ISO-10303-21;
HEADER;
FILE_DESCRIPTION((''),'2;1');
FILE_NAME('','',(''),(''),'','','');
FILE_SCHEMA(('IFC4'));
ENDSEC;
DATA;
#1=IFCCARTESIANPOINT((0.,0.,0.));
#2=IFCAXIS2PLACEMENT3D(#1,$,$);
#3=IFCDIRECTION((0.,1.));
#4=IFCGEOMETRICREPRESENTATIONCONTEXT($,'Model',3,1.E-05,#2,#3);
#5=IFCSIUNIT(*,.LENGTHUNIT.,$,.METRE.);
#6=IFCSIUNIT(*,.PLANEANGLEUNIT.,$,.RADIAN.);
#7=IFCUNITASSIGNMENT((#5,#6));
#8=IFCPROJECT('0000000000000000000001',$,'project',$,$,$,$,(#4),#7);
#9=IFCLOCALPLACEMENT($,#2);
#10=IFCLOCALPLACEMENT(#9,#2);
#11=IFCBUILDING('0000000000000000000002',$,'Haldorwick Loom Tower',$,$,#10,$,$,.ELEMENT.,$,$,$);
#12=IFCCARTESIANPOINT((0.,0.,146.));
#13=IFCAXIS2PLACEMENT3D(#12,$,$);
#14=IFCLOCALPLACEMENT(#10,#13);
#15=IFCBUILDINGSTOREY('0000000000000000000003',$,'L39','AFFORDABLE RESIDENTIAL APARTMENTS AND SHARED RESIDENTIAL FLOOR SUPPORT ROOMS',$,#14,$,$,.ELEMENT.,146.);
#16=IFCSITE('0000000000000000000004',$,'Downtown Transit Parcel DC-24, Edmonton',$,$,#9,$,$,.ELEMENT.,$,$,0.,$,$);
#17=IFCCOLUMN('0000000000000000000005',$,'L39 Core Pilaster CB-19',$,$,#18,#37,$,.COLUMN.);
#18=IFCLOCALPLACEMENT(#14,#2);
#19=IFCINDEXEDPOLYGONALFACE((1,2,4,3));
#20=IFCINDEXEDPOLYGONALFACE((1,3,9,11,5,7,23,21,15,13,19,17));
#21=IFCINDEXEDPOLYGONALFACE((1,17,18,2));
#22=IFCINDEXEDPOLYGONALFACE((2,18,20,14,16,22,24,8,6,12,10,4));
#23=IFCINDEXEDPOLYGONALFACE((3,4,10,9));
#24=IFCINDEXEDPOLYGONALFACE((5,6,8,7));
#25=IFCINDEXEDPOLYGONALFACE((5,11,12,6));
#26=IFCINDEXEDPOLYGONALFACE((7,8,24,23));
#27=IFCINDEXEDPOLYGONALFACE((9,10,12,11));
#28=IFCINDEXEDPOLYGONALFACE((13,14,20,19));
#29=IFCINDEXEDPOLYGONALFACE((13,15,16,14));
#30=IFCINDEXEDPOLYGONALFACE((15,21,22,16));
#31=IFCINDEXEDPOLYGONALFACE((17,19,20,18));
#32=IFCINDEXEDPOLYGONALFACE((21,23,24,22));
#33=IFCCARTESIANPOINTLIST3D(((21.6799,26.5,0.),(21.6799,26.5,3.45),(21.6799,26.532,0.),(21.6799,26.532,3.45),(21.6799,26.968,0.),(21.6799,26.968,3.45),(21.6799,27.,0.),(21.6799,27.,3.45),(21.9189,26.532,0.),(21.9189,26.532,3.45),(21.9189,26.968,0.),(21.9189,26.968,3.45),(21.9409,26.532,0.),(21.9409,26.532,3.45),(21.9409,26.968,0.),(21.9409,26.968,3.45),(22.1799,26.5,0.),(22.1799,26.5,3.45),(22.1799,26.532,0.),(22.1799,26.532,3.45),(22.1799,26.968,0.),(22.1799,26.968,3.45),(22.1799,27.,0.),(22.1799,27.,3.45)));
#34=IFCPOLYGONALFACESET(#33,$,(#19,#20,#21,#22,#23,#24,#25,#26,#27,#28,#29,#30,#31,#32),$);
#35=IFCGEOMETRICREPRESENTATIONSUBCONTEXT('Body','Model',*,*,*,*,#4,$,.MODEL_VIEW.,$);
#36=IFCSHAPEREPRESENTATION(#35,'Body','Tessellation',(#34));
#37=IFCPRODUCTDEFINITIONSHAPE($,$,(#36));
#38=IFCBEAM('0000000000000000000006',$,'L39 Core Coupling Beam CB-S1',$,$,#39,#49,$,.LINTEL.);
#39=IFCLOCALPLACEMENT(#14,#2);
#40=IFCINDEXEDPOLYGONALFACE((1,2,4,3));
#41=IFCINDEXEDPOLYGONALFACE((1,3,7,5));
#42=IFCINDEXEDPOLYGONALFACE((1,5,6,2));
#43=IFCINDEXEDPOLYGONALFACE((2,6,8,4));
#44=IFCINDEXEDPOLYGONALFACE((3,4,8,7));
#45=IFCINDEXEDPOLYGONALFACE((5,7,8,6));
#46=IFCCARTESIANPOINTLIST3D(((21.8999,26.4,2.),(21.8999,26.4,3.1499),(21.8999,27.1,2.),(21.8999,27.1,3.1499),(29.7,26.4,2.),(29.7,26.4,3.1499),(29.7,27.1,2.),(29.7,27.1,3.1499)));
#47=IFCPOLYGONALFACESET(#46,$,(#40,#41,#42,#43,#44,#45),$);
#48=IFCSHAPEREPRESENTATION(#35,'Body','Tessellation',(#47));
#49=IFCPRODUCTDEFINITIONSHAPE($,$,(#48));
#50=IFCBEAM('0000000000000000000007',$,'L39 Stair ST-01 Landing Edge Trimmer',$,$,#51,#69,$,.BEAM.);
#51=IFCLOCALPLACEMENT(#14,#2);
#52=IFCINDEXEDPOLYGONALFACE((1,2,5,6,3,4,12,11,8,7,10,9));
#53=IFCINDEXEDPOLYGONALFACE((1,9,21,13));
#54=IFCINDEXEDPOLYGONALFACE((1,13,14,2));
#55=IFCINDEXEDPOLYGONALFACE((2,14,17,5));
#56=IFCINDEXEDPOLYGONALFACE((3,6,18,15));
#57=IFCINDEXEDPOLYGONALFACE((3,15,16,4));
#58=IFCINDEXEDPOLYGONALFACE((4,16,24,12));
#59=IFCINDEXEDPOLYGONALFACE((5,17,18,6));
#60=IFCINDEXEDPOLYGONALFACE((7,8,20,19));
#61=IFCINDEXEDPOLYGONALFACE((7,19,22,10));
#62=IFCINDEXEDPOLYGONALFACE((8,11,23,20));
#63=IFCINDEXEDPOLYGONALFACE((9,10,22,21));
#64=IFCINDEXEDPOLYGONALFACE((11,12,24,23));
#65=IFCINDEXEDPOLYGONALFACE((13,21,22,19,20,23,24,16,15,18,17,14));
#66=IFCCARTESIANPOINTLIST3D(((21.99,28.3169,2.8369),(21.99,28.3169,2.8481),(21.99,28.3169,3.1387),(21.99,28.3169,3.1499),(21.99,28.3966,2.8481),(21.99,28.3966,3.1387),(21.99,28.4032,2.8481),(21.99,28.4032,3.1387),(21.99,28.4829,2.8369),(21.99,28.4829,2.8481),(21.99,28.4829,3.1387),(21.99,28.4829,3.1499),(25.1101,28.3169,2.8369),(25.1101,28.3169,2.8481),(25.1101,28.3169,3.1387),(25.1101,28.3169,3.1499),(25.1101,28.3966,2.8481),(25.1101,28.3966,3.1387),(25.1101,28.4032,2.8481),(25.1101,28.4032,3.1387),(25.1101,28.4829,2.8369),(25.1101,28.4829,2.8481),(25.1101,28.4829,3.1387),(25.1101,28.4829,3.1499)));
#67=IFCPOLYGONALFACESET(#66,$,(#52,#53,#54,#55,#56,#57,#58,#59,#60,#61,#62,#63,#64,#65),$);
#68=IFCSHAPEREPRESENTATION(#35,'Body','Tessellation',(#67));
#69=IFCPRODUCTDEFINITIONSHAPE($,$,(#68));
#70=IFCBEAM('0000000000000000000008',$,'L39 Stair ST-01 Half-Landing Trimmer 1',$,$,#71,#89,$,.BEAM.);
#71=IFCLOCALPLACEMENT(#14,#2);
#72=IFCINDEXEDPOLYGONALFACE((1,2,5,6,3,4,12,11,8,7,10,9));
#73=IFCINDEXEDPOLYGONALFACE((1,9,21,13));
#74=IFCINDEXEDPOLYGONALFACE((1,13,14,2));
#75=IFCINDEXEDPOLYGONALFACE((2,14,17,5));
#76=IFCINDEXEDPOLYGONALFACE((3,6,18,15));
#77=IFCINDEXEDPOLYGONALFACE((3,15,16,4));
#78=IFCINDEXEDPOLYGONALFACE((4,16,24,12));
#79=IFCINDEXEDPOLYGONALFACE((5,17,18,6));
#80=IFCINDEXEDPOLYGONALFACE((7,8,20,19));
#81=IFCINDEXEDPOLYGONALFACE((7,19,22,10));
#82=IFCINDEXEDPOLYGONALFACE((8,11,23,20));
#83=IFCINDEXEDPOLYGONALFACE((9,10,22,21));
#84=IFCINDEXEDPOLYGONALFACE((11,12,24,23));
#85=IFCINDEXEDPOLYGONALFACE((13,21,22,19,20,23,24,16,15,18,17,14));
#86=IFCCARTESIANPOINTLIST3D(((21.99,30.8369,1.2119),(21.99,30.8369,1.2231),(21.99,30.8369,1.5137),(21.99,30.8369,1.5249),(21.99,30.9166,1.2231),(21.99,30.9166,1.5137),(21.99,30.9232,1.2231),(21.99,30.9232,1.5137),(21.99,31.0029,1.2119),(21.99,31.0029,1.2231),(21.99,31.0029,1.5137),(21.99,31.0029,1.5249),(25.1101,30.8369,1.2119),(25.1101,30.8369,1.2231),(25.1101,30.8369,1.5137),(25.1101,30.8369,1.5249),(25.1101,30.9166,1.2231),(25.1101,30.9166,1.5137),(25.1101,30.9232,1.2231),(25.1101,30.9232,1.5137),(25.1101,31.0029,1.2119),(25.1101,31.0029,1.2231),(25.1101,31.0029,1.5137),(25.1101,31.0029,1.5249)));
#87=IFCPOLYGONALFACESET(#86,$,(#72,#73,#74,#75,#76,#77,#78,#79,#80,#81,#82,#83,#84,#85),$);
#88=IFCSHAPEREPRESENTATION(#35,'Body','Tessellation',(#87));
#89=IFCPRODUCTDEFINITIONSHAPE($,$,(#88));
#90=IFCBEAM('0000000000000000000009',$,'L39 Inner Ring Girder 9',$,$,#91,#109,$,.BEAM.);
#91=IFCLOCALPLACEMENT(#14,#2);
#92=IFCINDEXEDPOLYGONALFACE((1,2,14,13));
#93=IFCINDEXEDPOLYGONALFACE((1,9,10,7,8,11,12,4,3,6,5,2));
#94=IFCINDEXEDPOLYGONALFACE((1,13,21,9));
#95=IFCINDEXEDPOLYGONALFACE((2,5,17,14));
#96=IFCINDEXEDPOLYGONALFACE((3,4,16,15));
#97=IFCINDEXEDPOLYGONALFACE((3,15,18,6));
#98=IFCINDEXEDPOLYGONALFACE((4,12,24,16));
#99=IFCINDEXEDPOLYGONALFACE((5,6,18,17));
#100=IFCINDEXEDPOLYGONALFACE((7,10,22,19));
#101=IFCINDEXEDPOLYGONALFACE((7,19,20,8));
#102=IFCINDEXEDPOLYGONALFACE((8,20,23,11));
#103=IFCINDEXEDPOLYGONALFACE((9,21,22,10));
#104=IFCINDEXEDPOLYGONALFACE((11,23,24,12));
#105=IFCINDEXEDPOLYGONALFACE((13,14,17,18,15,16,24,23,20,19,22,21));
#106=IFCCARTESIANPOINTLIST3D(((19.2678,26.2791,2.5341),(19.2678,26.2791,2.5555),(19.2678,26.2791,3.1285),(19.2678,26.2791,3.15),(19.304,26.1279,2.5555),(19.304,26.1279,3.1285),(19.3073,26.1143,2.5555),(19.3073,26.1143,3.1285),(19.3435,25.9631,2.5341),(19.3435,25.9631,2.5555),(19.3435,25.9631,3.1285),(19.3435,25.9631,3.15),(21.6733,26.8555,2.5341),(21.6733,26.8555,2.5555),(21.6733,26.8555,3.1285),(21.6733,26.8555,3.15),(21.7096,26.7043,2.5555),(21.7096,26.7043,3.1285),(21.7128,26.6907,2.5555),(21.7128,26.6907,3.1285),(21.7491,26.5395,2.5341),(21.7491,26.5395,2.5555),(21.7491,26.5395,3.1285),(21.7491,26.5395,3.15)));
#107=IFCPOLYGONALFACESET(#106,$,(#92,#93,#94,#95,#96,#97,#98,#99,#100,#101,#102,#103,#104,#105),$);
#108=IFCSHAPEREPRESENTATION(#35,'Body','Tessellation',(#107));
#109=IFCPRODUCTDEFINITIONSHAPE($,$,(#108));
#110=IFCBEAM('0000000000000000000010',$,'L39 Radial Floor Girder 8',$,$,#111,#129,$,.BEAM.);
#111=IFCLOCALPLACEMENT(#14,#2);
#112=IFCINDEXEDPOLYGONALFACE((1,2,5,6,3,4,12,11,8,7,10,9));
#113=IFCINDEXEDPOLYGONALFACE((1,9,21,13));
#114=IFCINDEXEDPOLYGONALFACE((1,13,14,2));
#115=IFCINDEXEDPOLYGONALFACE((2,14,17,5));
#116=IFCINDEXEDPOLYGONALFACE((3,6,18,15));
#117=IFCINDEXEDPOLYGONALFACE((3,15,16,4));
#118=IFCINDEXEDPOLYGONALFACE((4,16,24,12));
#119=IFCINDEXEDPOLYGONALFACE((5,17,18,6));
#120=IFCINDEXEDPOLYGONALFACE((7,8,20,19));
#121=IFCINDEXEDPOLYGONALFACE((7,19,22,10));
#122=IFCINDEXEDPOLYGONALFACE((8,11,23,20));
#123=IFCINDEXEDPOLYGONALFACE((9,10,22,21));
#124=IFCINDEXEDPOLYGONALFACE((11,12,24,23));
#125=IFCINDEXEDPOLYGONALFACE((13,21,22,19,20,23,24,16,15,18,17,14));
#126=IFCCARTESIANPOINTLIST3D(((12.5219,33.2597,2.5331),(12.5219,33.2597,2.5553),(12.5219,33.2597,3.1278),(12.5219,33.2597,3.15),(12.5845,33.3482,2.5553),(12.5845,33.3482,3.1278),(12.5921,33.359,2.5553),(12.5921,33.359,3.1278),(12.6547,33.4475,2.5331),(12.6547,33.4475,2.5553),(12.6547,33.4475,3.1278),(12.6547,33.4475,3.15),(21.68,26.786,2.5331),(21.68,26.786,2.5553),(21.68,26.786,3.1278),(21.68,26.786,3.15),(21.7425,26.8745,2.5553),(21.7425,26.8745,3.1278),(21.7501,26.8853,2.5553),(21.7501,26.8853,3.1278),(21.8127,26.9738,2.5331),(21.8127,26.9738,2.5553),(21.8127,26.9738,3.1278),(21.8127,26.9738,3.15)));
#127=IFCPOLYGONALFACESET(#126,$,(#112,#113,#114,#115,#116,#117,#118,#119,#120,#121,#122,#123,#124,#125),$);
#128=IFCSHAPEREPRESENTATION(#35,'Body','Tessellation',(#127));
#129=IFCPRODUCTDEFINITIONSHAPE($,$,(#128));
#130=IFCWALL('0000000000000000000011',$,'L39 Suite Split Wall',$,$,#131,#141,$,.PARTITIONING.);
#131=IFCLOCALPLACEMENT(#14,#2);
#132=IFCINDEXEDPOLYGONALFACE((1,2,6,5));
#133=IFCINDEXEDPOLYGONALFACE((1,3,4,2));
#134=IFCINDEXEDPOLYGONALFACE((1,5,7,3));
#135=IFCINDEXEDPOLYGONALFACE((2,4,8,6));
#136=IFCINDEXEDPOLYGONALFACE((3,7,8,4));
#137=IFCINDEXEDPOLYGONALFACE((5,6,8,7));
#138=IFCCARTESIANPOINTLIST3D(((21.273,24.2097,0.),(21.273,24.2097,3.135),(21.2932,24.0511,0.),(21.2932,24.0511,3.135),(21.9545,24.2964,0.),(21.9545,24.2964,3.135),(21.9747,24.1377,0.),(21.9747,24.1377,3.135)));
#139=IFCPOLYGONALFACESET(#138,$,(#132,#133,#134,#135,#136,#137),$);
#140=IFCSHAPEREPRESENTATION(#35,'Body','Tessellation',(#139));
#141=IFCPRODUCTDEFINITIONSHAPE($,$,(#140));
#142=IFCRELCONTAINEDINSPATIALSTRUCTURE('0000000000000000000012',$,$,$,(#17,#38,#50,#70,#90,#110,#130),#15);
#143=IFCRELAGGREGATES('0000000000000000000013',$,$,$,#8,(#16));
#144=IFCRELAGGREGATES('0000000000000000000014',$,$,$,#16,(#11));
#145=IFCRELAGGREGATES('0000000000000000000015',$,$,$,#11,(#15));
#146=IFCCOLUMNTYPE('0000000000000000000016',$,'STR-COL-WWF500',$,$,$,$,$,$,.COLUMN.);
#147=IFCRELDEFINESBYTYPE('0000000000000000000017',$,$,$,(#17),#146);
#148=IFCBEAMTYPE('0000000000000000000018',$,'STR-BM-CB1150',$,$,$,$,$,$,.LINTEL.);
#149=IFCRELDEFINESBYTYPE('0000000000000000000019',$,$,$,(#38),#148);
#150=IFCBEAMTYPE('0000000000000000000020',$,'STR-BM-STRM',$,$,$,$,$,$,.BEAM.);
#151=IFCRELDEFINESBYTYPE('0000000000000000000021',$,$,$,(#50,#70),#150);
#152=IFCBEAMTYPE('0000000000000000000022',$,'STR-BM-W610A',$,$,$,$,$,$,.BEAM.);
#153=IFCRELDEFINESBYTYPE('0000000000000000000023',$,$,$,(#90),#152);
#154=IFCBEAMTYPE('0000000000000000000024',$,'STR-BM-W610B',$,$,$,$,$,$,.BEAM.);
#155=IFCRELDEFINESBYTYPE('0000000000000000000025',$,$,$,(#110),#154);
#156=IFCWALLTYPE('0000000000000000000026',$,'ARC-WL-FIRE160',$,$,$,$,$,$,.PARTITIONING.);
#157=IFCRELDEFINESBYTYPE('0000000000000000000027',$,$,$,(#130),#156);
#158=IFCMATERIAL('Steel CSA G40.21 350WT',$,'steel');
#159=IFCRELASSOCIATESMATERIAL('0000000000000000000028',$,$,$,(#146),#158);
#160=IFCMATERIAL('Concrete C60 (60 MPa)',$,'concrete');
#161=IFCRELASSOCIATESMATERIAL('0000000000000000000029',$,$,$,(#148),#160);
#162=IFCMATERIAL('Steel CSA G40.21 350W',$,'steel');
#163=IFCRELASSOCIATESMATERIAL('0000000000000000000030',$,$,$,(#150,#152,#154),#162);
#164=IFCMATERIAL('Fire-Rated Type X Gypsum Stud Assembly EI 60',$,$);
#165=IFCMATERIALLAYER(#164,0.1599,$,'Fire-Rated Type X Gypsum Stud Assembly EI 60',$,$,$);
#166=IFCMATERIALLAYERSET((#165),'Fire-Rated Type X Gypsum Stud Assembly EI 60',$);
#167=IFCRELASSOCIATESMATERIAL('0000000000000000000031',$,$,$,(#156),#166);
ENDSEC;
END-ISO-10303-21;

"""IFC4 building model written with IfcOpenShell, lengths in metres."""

from ifc_helpers import new_model, si_unit, direction, frame, frame_2d, origin, origin_2d, place, context, subcontext, project, spatial, rectangle, i_section, extrude, material, layer, layer_set, material_profile, profile_set, type_object, element, save


model = new_model("IFC4")

# Units and contexts
model_context = context("Model", 3, precision=1e-05, world=origin(), true_north=direction((0.0, 1.0)))
body_context = subcontext(model_context, "Body", "Model", "MODEL_VIEW")
ifc_project = project(units=[si_unit("LENGTHUNIT", "METRE"), si_unit("PLANEANGLEUNIT", "RADIAN")], contexts=[model_context])

# Site, building, storey
site_placement = place(None, origin())
site = spatial("IfcSite", under=ifc_project, at=site_placement, Name="Downtown Transit Parcel DC-24, Edmonton", CompositionType="ELEMENT", RefElevation=0.0)
building_placement = place(site_placement, origin())
building = spatial("IfcBuilding", under=site, at=building_placement, Name="Haldorwick Loom Tower", CompositionType="ELEMENT")
storey_placement = place(building_placement, frame((0.0, 0.0, 146.0)))
storey = spatial("IfcBuildingStorey", under=building, at=storey_placement, Name="L39", Description="AFFORDABLE RESIDENTIAL APARTMENTS AND SHARED RESIDENTIAL FLOOR SUPPORT ROOMS", CompositionType="ELEMENT", Elevation=146.0)

# Column
ifc_material_1 = material(Name="Steel CSA G40.21 350WT", Category="steel")
ifc_material_profile_1 = material_profile(ifc_material_1, i_section(OverallWidth=0.5, OverallDepth=0.5, WebThickness=0.022, FlangeThickness=0.032, at=origin_2d()), Name="WWF500X500", Category="steel")
ifc_profile_set_1 = profile_set([ifc_material_profile_1], Name="Steel CSA G40.21 350WT")
column_type = type_object("IfcColumnType", Name="STR-COL-WWF500", PredefinedType="COLUMN", material=ifc_profile_set_1)
column_placement = place(storey_placement, frame((21.9299, 26.75, 0.0), z_axis=(0.0, 0.0, 1.0), x_axis=(1.0, 0.0, 0.0)))
element("IfcColumn", 1, at=column_placement, inside=storey, type_object=column_type, Name="L39 Core Pilaster CB-19", PredefinedType="COLUMN", context=body_context, shape_type="SweptSolid", body=[
    extrude(i_section(OverallWidth=0.5, OverallDepth=0.5, WebThickness=0.022, FlangeThickness=0.032, at=origin_2d()), origin(), (0.0, 0.0, 1.0), 3.45),
])

# Beams
ifc_material_2 = material(Name="Concrete C60 (60 MPa)", Category="concrete")
ifc_material_profile_2 = material_profile(ifc_material_2, rectangle(XDim=0.7, YDim=1.1499, at=origin_2d()), Name="RC700X1150", Category="concrete")
ifc_profile_set_2 = profile_set([ifc_material_profile_2], Name="Concrete C60 (60 MPa)")
beam_type_1 = type_object("IfcBeamType", Name="STR-BM-CB1150", PredefinedType="LINTEL", material=ifc_profile_set_2)
beam_1_placement = place(storey_placement, frame((21.8999, 26.75, 2.575), z_axis=(1.0, 0.0, 0.0), x_axis=(0.0, 1.0, 0.0)))
element("IfcBeam", 2, at=beam_1_placement, inside=storey, type_object=beam_type_1, Name="L39 Core Coupling Beam CB-S1", PredefinedType="LINTEL", context=body_context, shape_type="SweptSolid", body=[
    extrude(rectangle(XDim=0.7, YDim=1.1499, at=origin_2d()), origin(), (0.0, 0.0, 1.0), 7.8),
])
ifc_material_3 = material(Name="Steel CSA G40.21 350W", Category="steel")
ifc_material_profile_3 = material_profile(ifc_material_3, i_section(OverallWidth=0.166, OverallDepth=0.313, WebThickness=0.0066, FlangeThickness=0.0112, at=origin_2d()), Name="W310X45", Category="steel")
ifc_profile_set_3 = profile_set([ifc_material_profile_3], Name="Steel CSA G40.21 350W")
beam_type_2 = type_object("IfcBeamType", Name="STR-BM-STRM", PredefinedType="BEAM", material=ifc_profile_set_3)
for number, where, z_axis, x_axis, name in (
    (3, (21.99, 28.3999, 2.9934), (1.0, 0.0, 0.0), (0.0, 1.0, 0.0), "L39 Stair ST-01 Landing Edge Trimmer"),
    (4, (21.99, 30.9199, 1.3684), (1.0, 0.0, 0.0), (0.0, 1.0, 0.0), "L39 Stair ST-01 Half-Landing Trimmer 1"),
):
    element("IfcBeam", number, at=place(storey_placement, frame(where, z_axis=z_axis, x_axis=x_axis)), inside=storey, type_object=beam_type_2, Name=name, PredefinedType="BEAM", context=body_context, shape_type="SweptSolid", body=[
        extrude(i_section(OverallWidth=0.166, OverallDepth=0.313, WebThickness=0.0066, FlangeThickness=0.0112, at=origin_2d()), origin(), (0.0, 0.0, 1.0), 3.1201),
    ])
ifc_material_profile_4 = material_profile(ifc_material_3, i_section(OverallWidth=0.325, OverallDepth=0.616, WebThickness=0.0139, FlangeThickness=0.0215, at=origin_2d()), Name="W610X174", Category="steel")
ifc_profile_set_4 = profile_set([ifc_material_profile_4], Name="Steel CSA G40.21 350W")
beam_type_3 = type_object("IfcBeamType", Name="STR-BM-W610A", PredefinedType="BEAM", material=ifc_profile_set_4)
beam_2_placement = place(storey_placement, frame((19.3057, 26.1211, 2.842), z_axis=(0.972471, 0.233026, 0.0), x_axis=(-0.233026, 0.972471, 0.0)))
element("IfcBeam", 5, at=beam_2_placement, inside=storey, type_object=beam_type_3, Name="L39 Inner Ring Girder 9", PredefinedType="BEAM", context=body_context, shape_type="SweptSolid", body=[
    extrude(i_section(OverallWidth=0.325, OverallDepth=0.616, WebThickness=0.0139, FlangeThickness=0.0215, at=origin_2d()), origin(), (0.0, 0.0, 1.0), 2.4736),
])
ifc_material_profile_5 = material_profile(ifc_material_3, i_section(OverallWidth=0.23, OverallDepth=0.6169, WebThickness=0.0132, FlangeThickness=0.0222, at=origin_2d()), Name="W610X140", Category="steel")
ifc_profile_set_5 = profile_set([ifc_material_profile_5], Name="Steel CSA G40.21 350W")
beam_type_4 = type_object("IfcBeamType", Name="STR-BM-W610B", PredefinedType="BEAM", material=ifc_profile_set_5)
beam_3_placement = place(storey_placement, frame((21.7463, 26.8799, 2.8416), z_axis=(-0.816582, 0.57723, 0.0), x_axis=(-0.57723, -0.816582, 0.0)))
element("IfcBeam", 6, at=beam_3_placement, inside=storey, type_object=beam_type_4, Name="L39 Radial Floor Girder 8", PredefinedType="BEAM", context=body_context, shape_type="SweptSolid", body=[
    extrude(i_section(OverallWidth=0.23, OverallDepth=0.6169, WebThickness=0.0132, FlangeThickness=0.0222, at=origin_2d()), origin(), (0.0, 0.0, 1.0), 11.2151),
])

# Wall
ifc_material_4 = material(Name="Fire-Rated Type X Gypsum Stud Assembly EI 60")
ifc_layer_1 = layer(ifc_material_4, 0.1599, Name="Fire-Rated Type X Gypsum Stud Assembly EI 60")
ifc_layer_set_1 = layer_set([ifc_layer_1], Name="Fire-Rated Type X Gypsum Stud Assembly EI 60")
wall_type_1 = type_object("IfcWallType", Name="ARC-WL-FIRE160", PredefinedType="PARTITIONING", material=ifc_layer_set_1)
wall_1_placement = place(storey_placement, frame((21.9646, 24.217, 0.0), z_axis=(0.0, 0.0, 1.0), x_axis=(-0.992013, -0.126133, 0.0)))
element("IfcWall", 7, at=wall_1_placement, inside=storey, type_object=wall_type_1, Name="L39 Suite Split Wall", PredefinedType="PARTITIONING", context=body_context, shape_type="SweptSolid", body=[
    extrude(rectangle(XDim=0.687, YDim=0.1599, at=frame_2d((0.3435, 0.0))), origin(), (0.0, 0.0, 1.0), 3.135),
])

save(model, "model.ifc")
